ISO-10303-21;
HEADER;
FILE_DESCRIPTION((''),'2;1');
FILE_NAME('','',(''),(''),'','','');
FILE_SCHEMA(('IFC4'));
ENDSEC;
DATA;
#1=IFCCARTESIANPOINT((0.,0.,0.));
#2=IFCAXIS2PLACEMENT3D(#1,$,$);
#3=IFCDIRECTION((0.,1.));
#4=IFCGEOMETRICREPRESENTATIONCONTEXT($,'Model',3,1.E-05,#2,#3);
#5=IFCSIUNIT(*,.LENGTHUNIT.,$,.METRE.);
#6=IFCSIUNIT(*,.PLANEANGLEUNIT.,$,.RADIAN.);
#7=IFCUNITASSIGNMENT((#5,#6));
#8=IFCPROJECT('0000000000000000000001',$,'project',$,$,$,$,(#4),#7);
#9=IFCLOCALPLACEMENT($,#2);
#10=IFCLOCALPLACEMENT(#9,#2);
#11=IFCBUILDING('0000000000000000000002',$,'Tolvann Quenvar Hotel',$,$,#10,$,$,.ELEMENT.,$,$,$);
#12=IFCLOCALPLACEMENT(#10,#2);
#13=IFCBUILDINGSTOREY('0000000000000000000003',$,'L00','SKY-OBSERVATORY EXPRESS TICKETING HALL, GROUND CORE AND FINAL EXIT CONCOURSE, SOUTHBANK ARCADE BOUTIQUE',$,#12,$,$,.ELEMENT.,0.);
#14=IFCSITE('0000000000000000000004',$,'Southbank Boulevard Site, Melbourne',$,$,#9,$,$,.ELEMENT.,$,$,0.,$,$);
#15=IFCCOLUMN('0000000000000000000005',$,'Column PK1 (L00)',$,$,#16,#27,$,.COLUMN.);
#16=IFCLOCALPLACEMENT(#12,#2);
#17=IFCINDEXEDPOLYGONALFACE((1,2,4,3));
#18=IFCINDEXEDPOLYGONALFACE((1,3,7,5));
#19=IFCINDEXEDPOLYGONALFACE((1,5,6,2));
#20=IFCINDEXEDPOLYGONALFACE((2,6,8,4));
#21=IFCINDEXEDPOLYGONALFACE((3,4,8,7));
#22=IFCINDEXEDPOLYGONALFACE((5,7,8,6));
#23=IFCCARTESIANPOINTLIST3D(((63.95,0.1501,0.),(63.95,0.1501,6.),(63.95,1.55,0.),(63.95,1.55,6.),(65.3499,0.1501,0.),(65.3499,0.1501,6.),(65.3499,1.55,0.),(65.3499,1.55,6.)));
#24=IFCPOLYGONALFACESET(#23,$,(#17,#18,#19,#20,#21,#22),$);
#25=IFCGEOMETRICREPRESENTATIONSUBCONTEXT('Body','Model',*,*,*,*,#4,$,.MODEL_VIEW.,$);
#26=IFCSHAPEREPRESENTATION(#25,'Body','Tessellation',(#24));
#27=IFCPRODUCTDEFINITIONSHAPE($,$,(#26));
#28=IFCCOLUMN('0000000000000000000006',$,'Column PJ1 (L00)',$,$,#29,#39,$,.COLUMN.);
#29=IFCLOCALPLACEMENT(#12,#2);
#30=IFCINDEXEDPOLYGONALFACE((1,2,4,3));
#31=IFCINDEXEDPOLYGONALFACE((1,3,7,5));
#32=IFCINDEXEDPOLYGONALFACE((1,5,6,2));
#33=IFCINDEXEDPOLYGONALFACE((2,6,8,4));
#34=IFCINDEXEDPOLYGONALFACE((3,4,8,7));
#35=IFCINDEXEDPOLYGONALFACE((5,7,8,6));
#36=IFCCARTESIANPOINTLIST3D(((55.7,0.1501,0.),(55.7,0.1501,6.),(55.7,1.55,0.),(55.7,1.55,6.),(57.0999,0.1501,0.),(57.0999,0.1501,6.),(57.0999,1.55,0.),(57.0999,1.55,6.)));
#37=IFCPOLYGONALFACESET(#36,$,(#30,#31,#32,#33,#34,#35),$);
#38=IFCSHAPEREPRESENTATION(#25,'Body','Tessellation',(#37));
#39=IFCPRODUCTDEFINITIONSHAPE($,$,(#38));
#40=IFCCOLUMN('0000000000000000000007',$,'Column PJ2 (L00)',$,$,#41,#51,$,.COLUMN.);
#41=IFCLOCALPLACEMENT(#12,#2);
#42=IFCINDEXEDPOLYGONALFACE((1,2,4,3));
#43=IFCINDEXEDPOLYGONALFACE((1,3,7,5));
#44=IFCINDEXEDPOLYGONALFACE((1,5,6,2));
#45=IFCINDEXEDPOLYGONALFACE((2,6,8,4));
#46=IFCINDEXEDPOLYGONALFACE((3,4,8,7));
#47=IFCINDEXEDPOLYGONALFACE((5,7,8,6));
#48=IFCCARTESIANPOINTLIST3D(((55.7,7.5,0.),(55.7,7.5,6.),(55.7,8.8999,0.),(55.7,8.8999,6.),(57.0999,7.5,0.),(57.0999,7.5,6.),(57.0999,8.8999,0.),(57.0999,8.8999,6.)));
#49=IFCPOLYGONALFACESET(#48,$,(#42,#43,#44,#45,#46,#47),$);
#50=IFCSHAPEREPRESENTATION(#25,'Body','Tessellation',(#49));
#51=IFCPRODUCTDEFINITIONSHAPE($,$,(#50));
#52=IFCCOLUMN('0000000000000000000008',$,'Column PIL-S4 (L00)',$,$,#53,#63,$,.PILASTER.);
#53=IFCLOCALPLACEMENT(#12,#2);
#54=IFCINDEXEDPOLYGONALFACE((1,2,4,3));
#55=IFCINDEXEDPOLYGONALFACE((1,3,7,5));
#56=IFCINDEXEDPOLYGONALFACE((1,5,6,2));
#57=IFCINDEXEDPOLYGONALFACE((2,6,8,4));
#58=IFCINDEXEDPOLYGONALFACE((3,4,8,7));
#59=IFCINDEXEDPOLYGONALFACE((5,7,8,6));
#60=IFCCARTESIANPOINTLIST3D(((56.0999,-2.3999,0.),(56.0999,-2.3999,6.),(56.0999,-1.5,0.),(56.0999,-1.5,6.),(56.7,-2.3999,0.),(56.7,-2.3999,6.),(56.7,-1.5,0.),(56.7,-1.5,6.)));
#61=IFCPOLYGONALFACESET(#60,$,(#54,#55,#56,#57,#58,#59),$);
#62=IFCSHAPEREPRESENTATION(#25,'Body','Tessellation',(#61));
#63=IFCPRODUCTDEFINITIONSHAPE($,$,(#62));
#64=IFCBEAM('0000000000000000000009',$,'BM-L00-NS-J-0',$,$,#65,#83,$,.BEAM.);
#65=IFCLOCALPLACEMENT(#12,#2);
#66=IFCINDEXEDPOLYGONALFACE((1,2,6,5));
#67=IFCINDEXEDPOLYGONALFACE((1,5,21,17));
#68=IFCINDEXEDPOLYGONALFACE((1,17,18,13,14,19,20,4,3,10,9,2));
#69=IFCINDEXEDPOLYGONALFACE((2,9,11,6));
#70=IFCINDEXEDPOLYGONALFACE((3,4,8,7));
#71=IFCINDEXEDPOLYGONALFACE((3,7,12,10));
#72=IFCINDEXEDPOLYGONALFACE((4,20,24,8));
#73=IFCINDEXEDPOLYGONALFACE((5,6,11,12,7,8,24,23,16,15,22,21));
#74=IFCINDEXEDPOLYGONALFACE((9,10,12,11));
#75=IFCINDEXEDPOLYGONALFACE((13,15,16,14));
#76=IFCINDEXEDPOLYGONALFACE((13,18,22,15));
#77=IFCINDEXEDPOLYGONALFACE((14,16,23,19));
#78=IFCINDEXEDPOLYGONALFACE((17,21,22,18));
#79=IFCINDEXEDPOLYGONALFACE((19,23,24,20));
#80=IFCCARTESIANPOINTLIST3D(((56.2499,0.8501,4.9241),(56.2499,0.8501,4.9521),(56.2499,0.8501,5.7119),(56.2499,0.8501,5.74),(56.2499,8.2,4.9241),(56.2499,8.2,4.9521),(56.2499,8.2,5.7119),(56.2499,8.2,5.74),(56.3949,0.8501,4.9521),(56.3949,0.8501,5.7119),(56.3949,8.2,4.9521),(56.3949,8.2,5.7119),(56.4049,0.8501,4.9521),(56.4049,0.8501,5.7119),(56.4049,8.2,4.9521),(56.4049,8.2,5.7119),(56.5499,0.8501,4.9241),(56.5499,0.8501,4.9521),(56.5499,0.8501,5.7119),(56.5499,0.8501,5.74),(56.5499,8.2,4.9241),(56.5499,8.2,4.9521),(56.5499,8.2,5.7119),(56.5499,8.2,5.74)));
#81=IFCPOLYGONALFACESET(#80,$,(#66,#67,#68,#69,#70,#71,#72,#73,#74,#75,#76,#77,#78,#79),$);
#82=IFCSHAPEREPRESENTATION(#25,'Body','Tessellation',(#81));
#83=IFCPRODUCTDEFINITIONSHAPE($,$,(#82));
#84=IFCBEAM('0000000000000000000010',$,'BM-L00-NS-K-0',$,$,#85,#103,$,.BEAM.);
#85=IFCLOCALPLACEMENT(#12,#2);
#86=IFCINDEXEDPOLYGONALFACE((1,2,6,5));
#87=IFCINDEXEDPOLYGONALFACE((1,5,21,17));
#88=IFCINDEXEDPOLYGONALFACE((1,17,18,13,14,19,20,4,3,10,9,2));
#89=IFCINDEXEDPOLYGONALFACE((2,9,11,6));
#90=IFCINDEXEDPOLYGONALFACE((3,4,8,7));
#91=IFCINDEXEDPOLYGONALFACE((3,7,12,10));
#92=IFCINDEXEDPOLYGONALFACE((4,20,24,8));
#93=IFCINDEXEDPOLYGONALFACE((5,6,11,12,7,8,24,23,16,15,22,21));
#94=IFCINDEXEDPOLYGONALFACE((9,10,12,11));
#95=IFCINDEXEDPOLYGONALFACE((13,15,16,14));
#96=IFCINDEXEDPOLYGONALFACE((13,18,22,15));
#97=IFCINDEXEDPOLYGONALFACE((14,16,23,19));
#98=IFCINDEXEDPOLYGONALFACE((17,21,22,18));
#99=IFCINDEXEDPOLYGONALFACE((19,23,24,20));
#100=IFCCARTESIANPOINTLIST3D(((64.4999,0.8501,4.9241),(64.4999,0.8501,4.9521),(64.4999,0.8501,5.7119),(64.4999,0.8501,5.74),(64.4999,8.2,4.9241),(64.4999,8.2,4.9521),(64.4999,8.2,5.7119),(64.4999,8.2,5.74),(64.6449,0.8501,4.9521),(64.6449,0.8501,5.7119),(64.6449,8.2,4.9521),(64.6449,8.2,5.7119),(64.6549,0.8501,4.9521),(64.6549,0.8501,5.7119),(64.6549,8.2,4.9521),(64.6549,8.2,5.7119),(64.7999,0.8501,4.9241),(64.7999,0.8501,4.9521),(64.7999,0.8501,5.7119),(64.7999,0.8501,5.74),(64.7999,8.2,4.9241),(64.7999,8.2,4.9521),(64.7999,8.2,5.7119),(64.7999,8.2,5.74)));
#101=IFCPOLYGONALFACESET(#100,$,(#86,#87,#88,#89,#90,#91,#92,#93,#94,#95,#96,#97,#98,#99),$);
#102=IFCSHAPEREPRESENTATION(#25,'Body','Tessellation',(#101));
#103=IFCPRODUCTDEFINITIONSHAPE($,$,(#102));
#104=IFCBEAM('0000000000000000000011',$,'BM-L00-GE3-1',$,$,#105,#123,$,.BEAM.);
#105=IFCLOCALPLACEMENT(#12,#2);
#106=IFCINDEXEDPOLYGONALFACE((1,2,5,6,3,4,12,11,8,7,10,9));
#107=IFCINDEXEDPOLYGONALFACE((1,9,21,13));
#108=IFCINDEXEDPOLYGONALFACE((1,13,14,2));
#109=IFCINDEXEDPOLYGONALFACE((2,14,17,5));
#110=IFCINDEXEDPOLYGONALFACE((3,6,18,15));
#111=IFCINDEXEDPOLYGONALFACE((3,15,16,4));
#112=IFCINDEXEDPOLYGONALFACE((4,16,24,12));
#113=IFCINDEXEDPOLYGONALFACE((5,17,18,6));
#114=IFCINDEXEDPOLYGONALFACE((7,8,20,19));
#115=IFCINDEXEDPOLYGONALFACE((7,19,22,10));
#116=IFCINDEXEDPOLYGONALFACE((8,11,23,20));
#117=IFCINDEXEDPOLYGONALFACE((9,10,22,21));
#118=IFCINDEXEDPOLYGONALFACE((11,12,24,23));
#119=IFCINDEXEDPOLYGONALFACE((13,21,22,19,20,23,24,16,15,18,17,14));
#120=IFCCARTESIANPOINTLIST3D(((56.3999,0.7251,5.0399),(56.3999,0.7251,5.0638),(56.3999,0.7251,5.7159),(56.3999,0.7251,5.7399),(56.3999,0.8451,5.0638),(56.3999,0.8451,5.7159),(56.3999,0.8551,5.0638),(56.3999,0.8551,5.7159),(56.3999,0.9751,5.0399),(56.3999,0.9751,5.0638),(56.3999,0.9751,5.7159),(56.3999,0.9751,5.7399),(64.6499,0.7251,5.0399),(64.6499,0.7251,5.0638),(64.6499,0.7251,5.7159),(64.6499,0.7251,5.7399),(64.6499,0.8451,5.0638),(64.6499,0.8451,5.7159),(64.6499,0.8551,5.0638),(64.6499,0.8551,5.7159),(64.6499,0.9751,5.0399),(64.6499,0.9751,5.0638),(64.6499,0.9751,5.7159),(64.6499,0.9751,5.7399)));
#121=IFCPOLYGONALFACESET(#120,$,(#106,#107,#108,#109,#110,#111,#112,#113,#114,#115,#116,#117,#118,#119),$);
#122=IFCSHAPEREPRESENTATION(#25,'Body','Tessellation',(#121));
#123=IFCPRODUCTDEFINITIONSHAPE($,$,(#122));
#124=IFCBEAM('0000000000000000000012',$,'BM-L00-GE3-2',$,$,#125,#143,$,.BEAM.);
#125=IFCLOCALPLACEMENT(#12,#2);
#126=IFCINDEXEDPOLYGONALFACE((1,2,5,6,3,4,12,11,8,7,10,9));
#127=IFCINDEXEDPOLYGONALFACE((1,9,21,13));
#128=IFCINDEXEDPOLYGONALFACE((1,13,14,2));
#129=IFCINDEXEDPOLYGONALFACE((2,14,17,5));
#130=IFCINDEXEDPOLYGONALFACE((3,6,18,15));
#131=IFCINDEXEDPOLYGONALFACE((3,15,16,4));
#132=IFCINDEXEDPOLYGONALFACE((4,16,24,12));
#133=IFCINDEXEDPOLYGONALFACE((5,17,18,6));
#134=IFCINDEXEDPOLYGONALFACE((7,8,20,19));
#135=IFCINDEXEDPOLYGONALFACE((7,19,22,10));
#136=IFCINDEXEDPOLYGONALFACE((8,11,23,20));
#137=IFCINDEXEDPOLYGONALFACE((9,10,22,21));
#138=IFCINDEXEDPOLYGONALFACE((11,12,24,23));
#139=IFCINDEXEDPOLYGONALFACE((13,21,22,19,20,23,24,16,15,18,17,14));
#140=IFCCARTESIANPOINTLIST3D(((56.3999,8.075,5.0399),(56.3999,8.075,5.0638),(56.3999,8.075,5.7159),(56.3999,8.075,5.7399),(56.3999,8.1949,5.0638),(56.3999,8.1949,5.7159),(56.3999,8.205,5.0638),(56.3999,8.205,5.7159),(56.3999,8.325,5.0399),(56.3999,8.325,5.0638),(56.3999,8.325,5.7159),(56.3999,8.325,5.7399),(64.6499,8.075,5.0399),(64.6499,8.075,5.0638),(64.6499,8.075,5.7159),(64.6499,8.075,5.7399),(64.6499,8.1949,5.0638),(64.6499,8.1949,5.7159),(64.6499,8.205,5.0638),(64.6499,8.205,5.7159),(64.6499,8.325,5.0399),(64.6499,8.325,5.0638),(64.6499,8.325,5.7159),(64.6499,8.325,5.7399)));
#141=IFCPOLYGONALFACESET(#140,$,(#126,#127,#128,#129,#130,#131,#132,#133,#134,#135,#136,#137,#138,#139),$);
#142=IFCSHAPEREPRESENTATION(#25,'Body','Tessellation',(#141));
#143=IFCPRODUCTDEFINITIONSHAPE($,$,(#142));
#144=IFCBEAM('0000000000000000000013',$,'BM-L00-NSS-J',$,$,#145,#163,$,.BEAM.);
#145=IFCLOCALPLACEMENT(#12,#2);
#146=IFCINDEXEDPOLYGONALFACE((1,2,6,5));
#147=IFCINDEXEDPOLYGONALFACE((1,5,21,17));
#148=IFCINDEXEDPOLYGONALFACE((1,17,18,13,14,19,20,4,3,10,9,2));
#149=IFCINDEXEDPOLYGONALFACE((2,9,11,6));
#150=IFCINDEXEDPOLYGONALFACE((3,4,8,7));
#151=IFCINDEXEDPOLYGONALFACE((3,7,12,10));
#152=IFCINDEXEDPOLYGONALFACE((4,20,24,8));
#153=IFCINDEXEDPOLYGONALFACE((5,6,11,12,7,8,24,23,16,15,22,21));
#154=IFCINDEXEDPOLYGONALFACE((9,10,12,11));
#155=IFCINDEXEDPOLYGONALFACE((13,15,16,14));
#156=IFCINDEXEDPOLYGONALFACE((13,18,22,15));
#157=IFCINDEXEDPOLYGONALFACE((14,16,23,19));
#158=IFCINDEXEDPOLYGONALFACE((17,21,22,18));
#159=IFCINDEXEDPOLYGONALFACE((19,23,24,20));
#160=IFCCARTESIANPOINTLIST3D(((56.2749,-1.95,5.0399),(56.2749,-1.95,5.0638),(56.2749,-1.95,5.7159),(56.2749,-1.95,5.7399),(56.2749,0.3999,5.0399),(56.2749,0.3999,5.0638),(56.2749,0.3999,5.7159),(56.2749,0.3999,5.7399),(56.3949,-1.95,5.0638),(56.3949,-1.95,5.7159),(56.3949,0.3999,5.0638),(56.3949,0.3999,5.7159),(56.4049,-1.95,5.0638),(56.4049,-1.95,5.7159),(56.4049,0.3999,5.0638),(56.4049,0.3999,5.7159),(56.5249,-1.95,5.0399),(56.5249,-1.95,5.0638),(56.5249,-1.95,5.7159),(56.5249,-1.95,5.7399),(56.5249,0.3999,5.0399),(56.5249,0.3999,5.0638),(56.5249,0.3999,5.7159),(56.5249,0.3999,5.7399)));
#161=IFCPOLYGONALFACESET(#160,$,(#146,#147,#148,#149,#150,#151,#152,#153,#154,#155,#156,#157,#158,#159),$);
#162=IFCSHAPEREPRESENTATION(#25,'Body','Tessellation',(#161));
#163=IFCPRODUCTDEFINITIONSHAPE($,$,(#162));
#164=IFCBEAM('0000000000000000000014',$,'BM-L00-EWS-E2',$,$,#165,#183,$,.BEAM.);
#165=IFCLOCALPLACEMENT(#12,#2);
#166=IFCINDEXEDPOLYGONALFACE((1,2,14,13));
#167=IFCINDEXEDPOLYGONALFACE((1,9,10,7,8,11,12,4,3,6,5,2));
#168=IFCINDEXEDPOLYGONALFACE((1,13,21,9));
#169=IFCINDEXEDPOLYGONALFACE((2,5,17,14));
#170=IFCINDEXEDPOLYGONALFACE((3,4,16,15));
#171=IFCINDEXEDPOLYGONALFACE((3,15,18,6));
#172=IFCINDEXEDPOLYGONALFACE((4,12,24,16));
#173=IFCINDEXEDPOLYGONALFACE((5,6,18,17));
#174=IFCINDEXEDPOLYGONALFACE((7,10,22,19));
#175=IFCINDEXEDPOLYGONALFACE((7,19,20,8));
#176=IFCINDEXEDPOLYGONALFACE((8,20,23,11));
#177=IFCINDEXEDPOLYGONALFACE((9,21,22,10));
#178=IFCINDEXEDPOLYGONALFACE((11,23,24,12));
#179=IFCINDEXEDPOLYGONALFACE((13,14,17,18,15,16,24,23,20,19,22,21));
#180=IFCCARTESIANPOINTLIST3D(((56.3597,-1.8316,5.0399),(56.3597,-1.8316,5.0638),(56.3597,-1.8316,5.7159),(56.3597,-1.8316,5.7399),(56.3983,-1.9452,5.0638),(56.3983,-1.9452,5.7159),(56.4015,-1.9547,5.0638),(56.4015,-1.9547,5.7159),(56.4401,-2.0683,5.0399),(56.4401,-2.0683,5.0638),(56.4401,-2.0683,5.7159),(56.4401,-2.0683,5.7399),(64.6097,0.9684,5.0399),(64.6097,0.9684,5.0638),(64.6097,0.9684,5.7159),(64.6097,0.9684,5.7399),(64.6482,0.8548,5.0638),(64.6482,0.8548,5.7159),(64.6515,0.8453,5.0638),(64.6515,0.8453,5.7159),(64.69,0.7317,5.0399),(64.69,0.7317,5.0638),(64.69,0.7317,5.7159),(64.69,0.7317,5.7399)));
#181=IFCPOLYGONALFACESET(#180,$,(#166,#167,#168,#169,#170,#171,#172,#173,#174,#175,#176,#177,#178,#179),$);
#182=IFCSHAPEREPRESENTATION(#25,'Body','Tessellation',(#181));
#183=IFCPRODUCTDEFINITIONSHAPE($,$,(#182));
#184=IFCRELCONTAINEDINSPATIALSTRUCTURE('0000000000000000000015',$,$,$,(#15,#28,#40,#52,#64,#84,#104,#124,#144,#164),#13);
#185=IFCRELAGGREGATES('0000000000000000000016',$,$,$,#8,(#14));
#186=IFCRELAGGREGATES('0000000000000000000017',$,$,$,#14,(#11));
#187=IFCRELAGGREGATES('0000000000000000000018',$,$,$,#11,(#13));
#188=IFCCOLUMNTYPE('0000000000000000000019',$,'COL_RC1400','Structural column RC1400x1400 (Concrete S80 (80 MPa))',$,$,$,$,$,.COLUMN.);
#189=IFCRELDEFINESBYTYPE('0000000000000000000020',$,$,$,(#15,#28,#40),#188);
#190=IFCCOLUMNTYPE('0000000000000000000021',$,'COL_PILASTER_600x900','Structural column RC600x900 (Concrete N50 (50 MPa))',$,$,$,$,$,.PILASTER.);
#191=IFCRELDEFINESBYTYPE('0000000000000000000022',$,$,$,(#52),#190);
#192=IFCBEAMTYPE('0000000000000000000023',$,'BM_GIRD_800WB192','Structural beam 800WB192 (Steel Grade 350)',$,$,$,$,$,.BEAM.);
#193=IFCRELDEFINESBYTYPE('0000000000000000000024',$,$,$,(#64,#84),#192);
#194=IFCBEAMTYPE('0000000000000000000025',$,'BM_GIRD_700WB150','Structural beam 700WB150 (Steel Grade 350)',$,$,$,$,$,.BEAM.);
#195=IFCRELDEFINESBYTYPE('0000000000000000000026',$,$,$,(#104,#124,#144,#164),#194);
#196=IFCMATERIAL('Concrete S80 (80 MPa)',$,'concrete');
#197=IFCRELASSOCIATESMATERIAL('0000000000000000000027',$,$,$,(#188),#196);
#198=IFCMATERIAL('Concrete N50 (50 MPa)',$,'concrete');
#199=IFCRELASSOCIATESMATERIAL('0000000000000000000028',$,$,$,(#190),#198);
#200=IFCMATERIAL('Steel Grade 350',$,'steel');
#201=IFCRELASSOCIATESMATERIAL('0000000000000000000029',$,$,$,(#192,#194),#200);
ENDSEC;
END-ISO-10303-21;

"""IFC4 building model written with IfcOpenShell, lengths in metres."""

from ifc_helpers import new_model, si_unit, direction, frame, origin, origin_2d, place, context, subcontext, project, spatial, rectangle, i_section, extrude, source, transform, mapped, material, material_profile, profile_set, type_object, type_shapes, element, save


model = new_model("IFC4")

# Units and contexts
model_context = context("Model", 3, precision=1e-05, world=origin(), true_north=direction((0.0, 1.0)))
body_context = subcontext(model_context, "Body", "Model", "MODEL_VIEW")
ifc_project = project(units=[si_unit("LENGTHUNIT", "METRE"), si_unit("PLANEANGLEUNIT", "RADIAN")], contexts=[model_context])

# Site, building, storey
site_placement = place(None, origin())
site = spatial("IfcSite", under=ifc_project, at=site_placement, Name="Southbank Boulevard Site, Melbourne", CompositionType="ELEMENT", RefElevation=0.0)
building_placement = place(site_placement, origin())
building = spatial("IfcBuilding", under=site, at=building_placement, Name="Tolvann Quenvar Hotel", CompositionType="ELEMENT")
storey_placement = place(building_placement, origin())
storey = spatial("IfcBuildingStorey", under=building, at=storey_placement, Name="L00", Description="SKY-OBSERVATORY EXPRESS TICKETING HALL, GROUND CORE AND FINAL EXIT CONCOURSE, SOUTHBANK ARCADE BOUTIQUE", CompositionType="ELEMENT", Elevation=0.0)

# Columns
ifc_material_1 = material(Name="Concrete S80 (80 MPa)", Category="concrete")
ifc_material_profile_1 = material_profile(ifc_material_1, rectangle(XDim=1.3999, YDim=1.3999, at=origin_2d()), Name="RC1400x1400")
ifc_profile_set_1 = profile_set([ifc_material_profile_1], Name="Concrete S80 (80 MPa)")
column_type_1 = type_object("IfcColumnType", Name="COL_RC1400", Description="Structural column RC1400x1400 (Concrete S80 (80 MPa))", PredefinedType="COLUMN", material=ifc_profile_set_1)
shared_shape_1 = source(origin(), body_context, "Body", "SweptSolid", [
    extrude(rectangle(XDim=1.3999, YDim=1.3999, at=origin_2d()), origin(), (0.0, 0.0, 1.0), 6.0),
])
type_shapes(column_type_1, [shared_shape_1])
for number, where, z_axis, x_axis, name in (
    (1, (64.6499, 0.8501, 0.0), (0.0, 0.0, 1.0), (1.0, 0.0, 0.0), "Column PK1 (L00)"),
    (2, (56.3999, 0.8501, 0.0), (0.0, 0.0, 1.0), (1.0, 0.0, 0.0), "Column PJ1 (L00)"),
    (3, (56.3999, 8.2, 0.0), (0.0, 0.0, 1.0), (1.0, 0.0, 0.0), "Column PJ2 (L00)"),
):
    element("IfcColumn", number, at=place(storey_placement, frame(where, z_axis=z_axis, x_axis=x_axis)), inside=storey, type_object=column_type_1, Name=name, PredefinedType="COLUMN", context=body_context, shape_type="MappedRepresentation", body=[
        mapped(shared_shape_1, transform((0.0, 0.0, 0.0), x_axis=(1.0, 0.0, 0.0), y_axis=(0.0, 1.0, 0.0), z_axis=(0.0, 0.0, 1.0), scale=1.0)),
    ])
ifc_material_2 = material(Name="Concrete N50 (50 MPa)", Category="concrete")
ifc_material_profile_2 = material_profile(ifc_material_2, rectangle(XDim=0.6001, YDim=0.8999, at=origin_2d()), Name="RC600x900")
ifc_profile_set_2 = profile_set([ifc_material_profile_2], Name="Concrete N50 (50 MPa)")
column_type_2 = type_object("IfcColumnType", Name="COL_PILASTER_600x900", Description="Structural column RC600x900 (Concrete N50 (50 MPa))", PredefinedType="PILASTER", material=ifc_profile_set_2)
shared_shape_2 = source(origin(), body_context, "Body", "SweptSolid", [
    extrude(rectangle(XDim=0.6001, YDim=0.8999, at=origin_2d()), origin(), (0.0, 0.0, 1.0), 6.0),
])
type_shapes(column_type_2, [shared_shape_2])
column_placement = place(storey_placement, frame((56.3999, -1.95, 0.0), z_axis=(0.0, 0.0, 1.0), x_axis=(1.0, 0.0, 0.0)))
element("IfcColumn", 4, at=column_placement, inside=storey, type_object=column_type_2, Name="Column PIL-S4 (L00)", PredefinedType="PILASTER", context=body_context, shape_type="MappedRepresentation", body=[
    mapped(shared_shape_2, transform((0.0, 0.0, 0.0), x_axis=(1.0, 0.0, 0.0), y_axis=(0.0, 1.0, 0.0), z_axis=(0.0, 0.0, 1.0), scale=1.0)),
])

# Beams
ifc_material_3 = material(Name="Steel Grade 350", Category="steel")
ifc_material_profile_3 = material_profile(ifc_material_3, i_section(OverallWidth=0.3, OverallDepth=0.8159, WebThickness=0.01, FlangeThickness=0.0281, at=origin_2d()), Name="800WB192")
ifc_profile_set_3 = profile_set([ifc_material_profile_3], Name="Steel Grade 350")
beam_type_1 = type_object("IfcBeamType", Name="BM_GIRD_800WB192", Description="Structural beam 800WB192 (Steel Grade 350)", PredefinedType="BEAM", material=ifc_profile_set_3)
shared_shape_3 = source(origin(), body_context, "Body", "SweptSolid", [
    extrude(i_section(OverallWidth=0.3, OverallDepth=0.8159, WebThickness=0.01, FlangeThickness=0.0281, at=origin_2d()), origin(), (0.0, 0.0, 1.0), 7.3499),
])
type_shapes(beam_type_1, [shared_shape_3])
for number, where, z_axis, x_axis, name in (
    (5, (56.3999, 0.8501, 5.332), (0.0, 1.0, 0.0), (-1.0, 0.0, 0.0), "BM-L00-NS-J-0"),
    (6, (64.6499, 0.8501, 5.332), (0.0, 1.0, 0.0), (-1.0, 0.0, 0.0), "BM-L00-NS-K-0"),
):
    element("IfcBeam", number, at=place(storey_placement, frame(where, z_axis=z_axis, x_axis=x_axis)), inside=storey, type_object=beam_type_1, Name=name, PredefinedType="BEAM", context=body_context, shape_type="MappedRepresentation", body=[
        mapped(shared_shape_3, transform((0.0, 0.0, 0.0), x_axis=(1.0, 0.0, 0.0), y_axis=(0.0, 1.0, 0.0), z_axis=(0.0, 0.0, 1.0), scale=1.0)),
    ])
ifc_material_profile_4 = material_profile(ifc_material_3, i_section(OverallWidth=0.25, OverallDepth=0.7, WebThickness=0.01, FlangeThickness=0.0239, at=origin_2d()), Name="700WB150")
ifc_profile_set_4 = profile_set([ifc_material_profile_4], Name="Steel Grade 350")
beam_type_2 = type_object("IfcBeamType", Name="BM_GIRD_700WB150", Description="Structural beam 700WB150 (Steel Grade 350)", PredefinedType="BEAM", material=ifc_profile_set_4)
shared_shape_4 = source(origin(), body_context, "Body", "SweptSolid", [
    extrude(i_section(OverallWidth=0.25, OverallDepth=0.7, WebThickness=0.01, FlangeThickness=0.0239, at=origin_2d()), origin(), (0.0, 0.0, 1.0), 8.25),
])
for number, where, z_axis, x_axis, name in (
    (7, (56.3999, 0.8501, 5.3899), (1.0, 0.0, 0.0), (0.0, 1.0, 0.0), "BM-L00-GE3-1"),
    (8, (56.3999, 8.2, 5.3899), (1.0, 0.0, 0.0), (0.0, 1.0, 0.0), "BM-L00-GE3-2"),
):
    element("IfcBeam", number, at=place(storey_placement, frame(where, z_axis=z_axis, x_axis=x_axis)), inside=storey, type_object=beam_type_2, Name=name, PredefinedType="BEAM", context=body_context, shape_type="MappedRepresentation", body=[
        mapped(shared_shape_4, transform((0.0, 0.0, 0.0), x_axis=(1.0, 0.0, 0.0), y_axis=(0.0, 1.0, 0.0), z_axis=(0.0, 0.0, 1.0), scale=1.0)),
    ])
shared_shape_5 = source(origin(), body_context, "Body", "SweptSolid", [
    extrude(i_section(OverallWidth=0.25, OverallDepth=0.7, WebThickness=0.01, FlangeThickness=0.0239, at=origin_2d()), origin(), (0.0, 0.0, 1.0), 2.3499),
])
beam_1_placement = place(storey_placement, frame((56.3999, -1.95, 5.3899), z_axis=(0.0, 1.0, 0.0), x_axis=(-1.0, 0.0, 0.0)))
element("IfcBeam", 9, at=beam_1_placement, inside=storey, type_object=beam_type_2, Name="BM-L00-NSS-J", PredefinedType="BEAM", context=body_context, shape_type="MappedRepresentation", body=[
    mapped(shared_shape_5, transform((0.0, 0.0, 0.0), x_axis=(1.0, 0.0, 0.0), y_axis=(0.0, 1.0, 0.0), z_axis=(0.0, 0.0, 1.0), scale=1.0)),
])
shared_shape_6 = source(origin(), body_context, "Body", "SweptSolid", [
    extrude(i_section(OverallWidth=0.25, OverallDepth=0.7, WebThickness=0.01, FlangeThickness=0.0239, at=origin_2d()), origin(), (0.0, 0.0, 1.0), 8.7122),
])
type_shapes(beam_type_2, [shared_shape_4, shared_shape_5, shared_shape_6])
beam_2_placement = place(storey_placement, frame((56.3999, -1.95, 5.3899), z_axis=(0.946946, 0.321393, 0.0), x_axis=(-0.321393, 0.946946, 0.0)))
element("IfcBeam", 10, at=beam_2_placement, inside=storey, type_object=beam_type_2, Name="BM-L00-EWS-E2", PredefinedType="BEAM", context=body_context, shape_type="MappedRepresentation", body=[
    mapped(shared_shape_6, transform((0.0, 0.0, 0.0), x_axis=(1.0, 0.0, 0.0), y_axis=(0.0, 1.0, 0.0), z_axis=(0.0, 0.0, 1.0), scale=1.0)),
])

save(model, "model.ifc")
